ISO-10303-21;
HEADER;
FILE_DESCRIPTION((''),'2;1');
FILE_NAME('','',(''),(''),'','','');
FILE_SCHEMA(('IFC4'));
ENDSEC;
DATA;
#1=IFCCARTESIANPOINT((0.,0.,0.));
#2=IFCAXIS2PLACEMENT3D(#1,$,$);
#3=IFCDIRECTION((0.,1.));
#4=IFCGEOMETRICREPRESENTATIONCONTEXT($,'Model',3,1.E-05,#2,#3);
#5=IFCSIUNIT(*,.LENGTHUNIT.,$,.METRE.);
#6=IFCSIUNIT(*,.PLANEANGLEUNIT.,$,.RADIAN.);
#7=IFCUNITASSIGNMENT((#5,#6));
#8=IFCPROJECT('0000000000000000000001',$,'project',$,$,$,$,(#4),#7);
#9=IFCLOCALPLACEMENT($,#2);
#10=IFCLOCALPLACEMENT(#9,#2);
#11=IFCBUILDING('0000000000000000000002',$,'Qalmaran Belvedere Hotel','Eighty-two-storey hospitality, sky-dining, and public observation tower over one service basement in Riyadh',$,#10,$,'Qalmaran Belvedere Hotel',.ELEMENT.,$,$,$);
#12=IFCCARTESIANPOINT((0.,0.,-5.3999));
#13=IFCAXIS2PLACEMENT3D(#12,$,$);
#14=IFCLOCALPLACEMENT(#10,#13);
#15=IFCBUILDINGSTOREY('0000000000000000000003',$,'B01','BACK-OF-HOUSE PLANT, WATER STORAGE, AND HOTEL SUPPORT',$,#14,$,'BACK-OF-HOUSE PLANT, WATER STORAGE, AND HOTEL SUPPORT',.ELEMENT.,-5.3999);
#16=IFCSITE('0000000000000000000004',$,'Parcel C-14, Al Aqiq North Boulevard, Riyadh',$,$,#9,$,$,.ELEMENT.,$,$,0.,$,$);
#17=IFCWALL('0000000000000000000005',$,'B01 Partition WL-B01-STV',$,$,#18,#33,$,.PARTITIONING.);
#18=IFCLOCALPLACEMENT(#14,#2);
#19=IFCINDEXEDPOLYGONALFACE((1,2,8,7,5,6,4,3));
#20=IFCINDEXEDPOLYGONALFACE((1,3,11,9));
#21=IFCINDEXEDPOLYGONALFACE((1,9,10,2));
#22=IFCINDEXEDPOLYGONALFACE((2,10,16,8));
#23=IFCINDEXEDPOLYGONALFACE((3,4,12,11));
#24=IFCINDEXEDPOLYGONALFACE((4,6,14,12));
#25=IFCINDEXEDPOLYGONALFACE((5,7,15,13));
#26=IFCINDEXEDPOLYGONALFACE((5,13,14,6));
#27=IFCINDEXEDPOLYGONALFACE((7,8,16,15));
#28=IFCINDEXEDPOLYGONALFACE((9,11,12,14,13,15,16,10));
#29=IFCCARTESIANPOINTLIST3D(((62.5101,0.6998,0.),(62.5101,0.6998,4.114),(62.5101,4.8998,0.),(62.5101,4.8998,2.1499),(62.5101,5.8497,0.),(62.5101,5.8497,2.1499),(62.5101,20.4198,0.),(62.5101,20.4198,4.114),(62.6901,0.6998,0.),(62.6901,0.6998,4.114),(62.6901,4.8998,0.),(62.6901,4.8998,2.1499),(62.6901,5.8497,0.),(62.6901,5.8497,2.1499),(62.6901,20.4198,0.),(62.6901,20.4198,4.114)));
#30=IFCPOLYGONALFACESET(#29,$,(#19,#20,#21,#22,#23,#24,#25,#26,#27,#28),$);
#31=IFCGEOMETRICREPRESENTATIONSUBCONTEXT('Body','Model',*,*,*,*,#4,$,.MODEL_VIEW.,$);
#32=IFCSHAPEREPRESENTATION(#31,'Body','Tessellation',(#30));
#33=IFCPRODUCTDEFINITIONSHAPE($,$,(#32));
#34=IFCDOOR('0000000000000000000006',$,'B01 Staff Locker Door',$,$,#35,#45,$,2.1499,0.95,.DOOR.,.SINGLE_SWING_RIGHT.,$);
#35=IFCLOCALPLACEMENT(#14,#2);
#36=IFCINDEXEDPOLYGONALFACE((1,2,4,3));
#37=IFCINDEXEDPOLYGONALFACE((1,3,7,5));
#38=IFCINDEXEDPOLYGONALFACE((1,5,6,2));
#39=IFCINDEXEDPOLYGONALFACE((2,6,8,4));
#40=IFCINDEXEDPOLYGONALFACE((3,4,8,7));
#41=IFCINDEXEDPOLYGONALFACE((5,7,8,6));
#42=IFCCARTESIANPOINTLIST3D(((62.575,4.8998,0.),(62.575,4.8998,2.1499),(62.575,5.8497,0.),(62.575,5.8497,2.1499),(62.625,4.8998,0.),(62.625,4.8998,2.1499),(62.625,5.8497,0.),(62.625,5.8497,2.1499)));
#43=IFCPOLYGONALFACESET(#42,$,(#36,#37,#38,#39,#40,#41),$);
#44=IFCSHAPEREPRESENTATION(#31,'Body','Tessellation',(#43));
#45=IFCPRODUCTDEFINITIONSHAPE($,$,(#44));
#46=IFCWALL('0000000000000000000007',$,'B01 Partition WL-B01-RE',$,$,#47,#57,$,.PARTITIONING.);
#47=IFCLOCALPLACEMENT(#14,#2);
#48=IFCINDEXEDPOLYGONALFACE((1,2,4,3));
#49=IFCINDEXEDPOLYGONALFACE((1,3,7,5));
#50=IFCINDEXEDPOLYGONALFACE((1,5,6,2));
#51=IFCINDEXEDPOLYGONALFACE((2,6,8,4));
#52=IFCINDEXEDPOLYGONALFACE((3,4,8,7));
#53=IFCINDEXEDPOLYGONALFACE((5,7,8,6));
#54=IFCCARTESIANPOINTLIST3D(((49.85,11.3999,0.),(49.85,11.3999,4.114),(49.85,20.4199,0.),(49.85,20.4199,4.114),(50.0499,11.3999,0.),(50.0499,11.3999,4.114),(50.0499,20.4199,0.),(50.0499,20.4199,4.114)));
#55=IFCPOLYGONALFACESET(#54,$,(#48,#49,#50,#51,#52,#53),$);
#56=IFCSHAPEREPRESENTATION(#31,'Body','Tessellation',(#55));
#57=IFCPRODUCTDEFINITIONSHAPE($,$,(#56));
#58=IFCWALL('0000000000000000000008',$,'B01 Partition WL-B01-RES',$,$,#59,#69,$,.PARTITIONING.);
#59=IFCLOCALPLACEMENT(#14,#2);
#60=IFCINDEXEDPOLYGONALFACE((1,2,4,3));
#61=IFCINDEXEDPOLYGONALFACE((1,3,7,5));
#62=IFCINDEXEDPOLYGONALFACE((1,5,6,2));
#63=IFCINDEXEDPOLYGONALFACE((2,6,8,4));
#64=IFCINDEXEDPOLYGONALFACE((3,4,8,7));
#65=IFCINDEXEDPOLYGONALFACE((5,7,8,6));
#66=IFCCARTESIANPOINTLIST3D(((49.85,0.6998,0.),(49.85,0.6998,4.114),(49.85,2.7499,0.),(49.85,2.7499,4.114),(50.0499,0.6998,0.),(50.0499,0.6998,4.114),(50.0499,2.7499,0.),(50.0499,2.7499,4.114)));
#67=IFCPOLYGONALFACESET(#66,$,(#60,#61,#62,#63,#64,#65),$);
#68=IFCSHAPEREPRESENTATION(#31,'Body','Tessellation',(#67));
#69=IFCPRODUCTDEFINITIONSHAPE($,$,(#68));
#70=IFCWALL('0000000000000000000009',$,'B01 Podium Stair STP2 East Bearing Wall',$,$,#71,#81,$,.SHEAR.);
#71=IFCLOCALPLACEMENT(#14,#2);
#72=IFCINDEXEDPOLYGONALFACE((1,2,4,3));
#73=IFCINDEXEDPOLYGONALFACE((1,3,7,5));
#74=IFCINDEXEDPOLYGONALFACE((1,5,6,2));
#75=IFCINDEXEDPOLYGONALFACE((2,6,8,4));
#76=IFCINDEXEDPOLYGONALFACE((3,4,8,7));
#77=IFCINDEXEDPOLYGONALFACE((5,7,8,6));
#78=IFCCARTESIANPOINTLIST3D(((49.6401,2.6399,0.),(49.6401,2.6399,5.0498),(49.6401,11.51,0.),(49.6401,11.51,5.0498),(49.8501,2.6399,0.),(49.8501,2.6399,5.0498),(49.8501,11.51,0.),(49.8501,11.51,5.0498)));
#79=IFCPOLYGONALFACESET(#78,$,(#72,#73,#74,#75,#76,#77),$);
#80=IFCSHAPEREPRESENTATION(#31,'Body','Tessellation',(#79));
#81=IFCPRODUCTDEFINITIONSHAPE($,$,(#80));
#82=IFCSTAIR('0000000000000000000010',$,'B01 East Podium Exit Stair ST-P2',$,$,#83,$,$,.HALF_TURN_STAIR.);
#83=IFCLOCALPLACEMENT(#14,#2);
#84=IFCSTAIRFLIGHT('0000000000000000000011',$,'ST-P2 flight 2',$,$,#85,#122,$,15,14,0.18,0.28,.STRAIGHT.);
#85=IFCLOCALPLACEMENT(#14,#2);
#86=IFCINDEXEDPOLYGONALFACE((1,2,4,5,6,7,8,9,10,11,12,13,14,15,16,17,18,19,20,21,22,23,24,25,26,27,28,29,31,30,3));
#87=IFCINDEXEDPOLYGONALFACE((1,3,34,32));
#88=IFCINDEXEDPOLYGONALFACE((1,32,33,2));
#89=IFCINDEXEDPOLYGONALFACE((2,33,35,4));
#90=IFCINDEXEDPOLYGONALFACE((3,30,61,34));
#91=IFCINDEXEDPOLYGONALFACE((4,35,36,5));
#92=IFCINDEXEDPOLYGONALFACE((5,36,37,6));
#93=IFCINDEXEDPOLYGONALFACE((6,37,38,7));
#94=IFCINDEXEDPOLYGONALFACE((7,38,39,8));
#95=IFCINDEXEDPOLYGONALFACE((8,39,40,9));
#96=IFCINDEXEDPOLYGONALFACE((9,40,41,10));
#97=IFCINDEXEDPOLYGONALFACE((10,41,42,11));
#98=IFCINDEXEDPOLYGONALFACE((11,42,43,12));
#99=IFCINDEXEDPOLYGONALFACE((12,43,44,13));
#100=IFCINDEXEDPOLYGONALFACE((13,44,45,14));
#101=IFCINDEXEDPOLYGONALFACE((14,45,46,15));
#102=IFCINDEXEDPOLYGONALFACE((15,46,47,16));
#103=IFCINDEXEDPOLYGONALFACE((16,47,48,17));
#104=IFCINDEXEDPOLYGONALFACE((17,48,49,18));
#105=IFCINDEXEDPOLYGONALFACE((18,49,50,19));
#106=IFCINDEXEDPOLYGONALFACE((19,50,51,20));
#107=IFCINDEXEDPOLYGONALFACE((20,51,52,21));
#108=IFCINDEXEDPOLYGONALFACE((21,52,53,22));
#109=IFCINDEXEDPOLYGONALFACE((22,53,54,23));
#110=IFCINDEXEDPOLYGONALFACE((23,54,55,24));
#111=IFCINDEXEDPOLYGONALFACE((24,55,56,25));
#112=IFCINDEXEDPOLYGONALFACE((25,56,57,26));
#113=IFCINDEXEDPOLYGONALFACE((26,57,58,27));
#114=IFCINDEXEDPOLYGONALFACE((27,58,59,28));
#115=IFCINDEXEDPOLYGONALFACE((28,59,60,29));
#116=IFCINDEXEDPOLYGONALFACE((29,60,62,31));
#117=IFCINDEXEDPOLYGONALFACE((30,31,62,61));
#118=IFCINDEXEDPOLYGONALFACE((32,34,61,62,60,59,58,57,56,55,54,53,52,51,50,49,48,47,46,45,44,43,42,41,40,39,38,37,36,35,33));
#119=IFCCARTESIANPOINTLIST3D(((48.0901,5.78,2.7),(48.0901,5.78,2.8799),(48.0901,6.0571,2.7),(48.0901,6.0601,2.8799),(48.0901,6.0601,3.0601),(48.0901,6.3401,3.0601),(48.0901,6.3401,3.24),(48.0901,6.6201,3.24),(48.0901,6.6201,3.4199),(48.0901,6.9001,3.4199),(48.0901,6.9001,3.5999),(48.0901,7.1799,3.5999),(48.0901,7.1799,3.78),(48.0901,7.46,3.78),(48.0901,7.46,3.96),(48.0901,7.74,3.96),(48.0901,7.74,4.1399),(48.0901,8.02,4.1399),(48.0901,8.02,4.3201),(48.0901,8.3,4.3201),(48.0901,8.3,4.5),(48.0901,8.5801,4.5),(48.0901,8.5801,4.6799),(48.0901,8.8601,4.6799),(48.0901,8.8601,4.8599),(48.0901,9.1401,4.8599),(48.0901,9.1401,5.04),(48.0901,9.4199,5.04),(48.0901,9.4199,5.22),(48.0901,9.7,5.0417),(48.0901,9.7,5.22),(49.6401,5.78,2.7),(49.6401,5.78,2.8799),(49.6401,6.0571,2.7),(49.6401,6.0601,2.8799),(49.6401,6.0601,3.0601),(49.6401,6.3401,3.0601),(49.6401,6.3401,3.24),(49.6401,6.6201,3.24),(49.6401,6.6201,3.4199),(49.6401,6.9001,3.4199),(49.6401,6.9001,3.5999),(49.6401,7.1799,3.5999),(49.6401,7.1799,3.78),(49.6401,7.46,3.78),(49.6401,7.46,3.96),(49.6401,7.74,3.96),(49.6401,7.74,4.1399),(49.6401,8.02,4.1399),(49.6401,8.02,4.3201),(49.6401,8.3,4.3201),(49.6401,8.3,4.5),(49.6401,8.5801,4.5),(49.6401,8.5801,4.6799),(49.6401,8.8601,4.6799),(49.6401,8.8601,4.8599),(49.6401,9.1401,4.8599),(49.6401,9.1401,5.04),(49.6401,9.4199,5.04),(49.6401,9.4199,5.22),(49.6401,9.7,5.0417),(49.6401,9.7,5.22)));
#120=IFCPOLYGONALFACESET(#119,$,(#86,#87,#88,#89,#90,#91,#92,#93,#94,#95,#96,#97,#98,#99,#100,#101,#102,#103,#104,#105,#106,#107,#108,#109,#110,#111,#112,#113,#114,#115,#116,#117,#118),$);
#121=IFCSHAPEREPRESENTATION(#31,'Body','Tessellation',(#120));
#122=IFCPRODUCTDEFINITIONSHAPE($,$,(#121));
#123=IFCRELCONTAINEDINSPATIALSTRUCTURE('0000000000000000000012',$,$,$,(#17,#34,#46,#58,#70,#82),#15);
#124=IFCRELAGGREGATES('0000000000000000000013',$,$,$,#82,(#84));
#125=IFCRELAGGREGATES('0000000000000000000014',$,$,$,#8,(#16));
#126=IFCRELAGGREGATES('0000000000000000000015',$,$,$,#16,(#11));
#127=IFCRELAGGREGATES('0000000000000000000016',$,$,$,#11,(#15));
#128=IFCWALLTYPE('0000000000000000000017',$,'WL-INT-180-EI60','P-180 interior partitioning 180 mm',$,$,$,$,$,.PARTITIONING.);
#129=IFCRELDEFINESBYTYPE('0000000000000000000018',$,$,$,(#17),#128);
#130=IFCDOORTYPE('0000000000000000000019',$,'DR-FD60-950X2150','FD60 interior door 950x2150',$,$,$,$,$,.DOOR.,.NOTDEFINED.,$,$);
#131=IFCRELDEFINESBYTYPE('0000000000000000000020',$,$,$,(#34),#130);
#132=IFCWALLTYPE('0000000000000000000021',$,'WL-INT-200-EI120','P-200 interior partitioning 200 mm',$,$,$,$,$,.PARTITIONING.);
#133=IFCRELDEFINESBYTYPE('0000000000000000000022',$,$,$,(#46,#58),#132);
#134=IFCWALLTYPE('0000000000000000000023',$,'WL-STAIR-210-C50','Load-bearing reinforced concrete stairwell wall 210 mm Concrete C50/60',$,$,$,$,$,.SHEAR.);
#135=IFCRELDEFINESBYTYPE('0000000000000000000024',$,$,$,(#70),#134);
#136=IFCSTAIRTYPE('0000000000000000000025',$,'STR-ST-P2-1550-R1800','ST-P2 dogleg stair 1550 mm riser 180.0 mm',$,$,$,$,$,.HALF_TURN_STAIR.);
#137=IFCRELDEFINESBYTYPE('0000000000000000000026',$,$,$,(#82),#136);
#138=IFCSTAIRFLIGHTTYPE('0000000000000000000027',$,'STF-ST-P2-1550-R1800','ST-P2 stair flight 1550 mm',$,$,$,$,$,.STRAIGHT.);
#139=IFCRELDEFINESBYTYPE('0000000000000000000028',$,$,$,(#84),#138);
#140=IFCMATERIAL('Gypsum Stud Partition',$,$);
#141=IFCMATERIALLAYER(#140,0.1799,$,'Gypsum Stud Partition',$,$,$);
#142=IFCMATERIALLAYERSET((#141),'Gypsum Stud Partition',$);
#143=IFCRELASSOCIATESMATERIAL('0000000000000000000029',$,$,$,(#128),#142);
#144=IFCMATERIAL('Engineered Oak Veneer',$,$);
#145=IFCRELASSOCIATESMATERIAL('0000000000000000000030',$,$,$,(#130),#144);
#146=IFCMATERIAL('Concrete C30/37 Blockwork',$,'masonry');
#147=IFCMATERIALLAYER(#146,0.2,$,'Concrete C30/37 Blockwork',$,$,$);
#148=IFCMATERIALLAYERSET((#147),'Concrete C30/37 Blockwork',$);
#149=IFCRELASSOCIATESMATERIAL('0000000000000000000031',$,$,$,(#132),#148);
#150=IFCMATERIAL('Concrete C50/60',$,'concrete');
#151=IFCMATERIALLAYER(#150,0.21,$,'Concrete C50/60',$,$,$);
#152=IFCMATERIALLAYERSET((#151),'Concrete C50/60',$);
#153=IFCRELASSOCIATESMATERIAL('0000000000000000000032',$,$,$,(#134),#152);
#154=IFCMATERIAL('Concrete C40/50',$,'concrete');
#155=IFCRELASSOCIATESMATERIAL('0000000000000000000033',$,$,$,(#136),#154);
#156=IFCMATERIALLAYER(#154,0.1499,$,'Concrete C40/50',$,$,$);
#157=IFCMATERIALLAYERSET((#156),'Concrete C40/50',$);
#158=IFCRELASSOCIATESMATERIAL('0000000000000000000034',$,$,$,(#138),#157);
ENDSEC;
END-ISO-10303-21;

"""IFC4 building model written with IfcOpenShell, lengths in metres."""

from ifc_helpers import new_model, si_unit, direction, frame, frame_2d, origin, place, context, subcontext, project, spatial, polyline, rectangle, outline, extrude, material, layer, layer_set, type_object, element, fill, aggregate, save


model = new_model("IFC4")

# Units and contexts
model_context = context("Model", 3, precision=1e-05, world=origin(), true_north=direction((0.0, 1.0)))
body_context = subcontext(model_context, "Body", "Model", "MODEL_VIEW")
ifc_project = project(units=[si_unit("LENGTHUNIT", "METRE"), si_unit("PLANEANGLEUNIT", "RADIAN")], contexts=[model_context])

# Site, building, storey
site_placement = place(None, origin())
site = spatial("IfcSite", under=ifc_project, at=site_placement, Name="Parcel C-14, Al Aqiq North Boulevard, Riyadh", CompositionType="ELEMENT", RefElevation=0.0)
building_placement = place(site_placement, origin())
building = spatial("IfcBuilding", under=site, at=building_placement, Name="Qalmaran Belvedere Hotel", Description="Eighty-two-storey hospitality, sky-dining, and public observation tower over one service basement in Riyadh", LongName="Qalmaran Belvedere Hotel", CompositionType="ELEMENT")
storey_placement = place(building_placement, frame((0.0, 0.0, -5.3999)))
storey = spatial("IfcBuildingStorey", under=building, at=storey_placement, Name="B01", Description="BACK-OF-HOUSE PLANT, WATER STORAGE, AND HOTEL SUPPORT", LongName="BACK-OF-HOUSE PLANT, WATER STORAGE, AND HOTEL SUPPORT", CompositionType="ELEMENT", Elevation=-5.3999)

# Shared definitions
ifc_material_1 = material(Name="Concrete C50/60", Category="concrete")

# Shared definitions
ifc_material_2 = material(Name="Concrete C40/50", Category="concrete")

# Wall, opening, door
ifc_material_3 = material(Name="Gypsum Stud Partition")
ifc_layer_1 = layer(ifc_material_3, 0.1799, Name="Gypsum Stud Partition")
ifc_layer_set_1 = layer_set([ifc_layer_1], Name="Gypsum Stud Partition")
wall_type_1 = type_object("IfcWallType", Name="WL-INT-180-EI60", Description="P-180 interior partitioning 180 mm", PredefinedType="PARTITIONING", material=ifc_layer_set_1)
wall_1_placement = place(storey_placement, frame((62.6001, 0.7, 0.0), z_axis=(0.0, 0.0, 1.0), x_axis=(0.0, 1.0, 0.0)))
wall_1 = element("IfcWall", 1, at=wall_1_placement, inside=storey, type_object=wall_type_1, Name="B01 Partition WL-B01-STV", PredefinedType="PARTITIONING", context=body_context, shape_type="SweptSolid", body=[
    extrude(rectangle(XDim=19.72, YDim=0.1799, at=frame_2d((9.8599, 0.0))), origin(), (0.0, 0.0, 1.0), 4.114),
])
opening_placement = place(wall_1_placement, frame((5.1499, 0.0, 0.0), z_axis=(0.0, 0.0, 1.0), x_axis=(-1.0, 0.0, 0.0)))
opening = element("IfcOpeningElement", 2, at=opening_placement, cuts=wall_1, PredefinedType="OPENING", context=body_context, shape_type="SweptSolid", body=[
    extrude(rectangle(XDim=0.95, YDim=2.1499, at=frame_2d((0.4751, 1.075))), frame((0.0, 0.1001, 0.0), z_axis=(0.0, -1.0, 0.0), x_axis=(1.0, 0.0, 0.0)), (0.0, 0.0, 1.0), 0.2),
])
ifc_material_4 = material(Name="Engineered Oak Veneer")
door_type = type_object("IfcDoorType", Name="DR-FD60-950X2150", Description="FD60 interior door 950x2150", OperationType="NOTDEFINED", PredefinedType="DOOR", material=ifc_material_4)
door_placement = place(opening_placement, origin())
door = element("IfcDoor", 3, at=door_placement, inside=storey, type_object=door_type, Name="B01 Staff Locker Door", OperationType="SINGLE_SWING_RIGHT", OverallHeight=2.1499, OverallWidth=0.95, PredefinedType="DOOR", context=body_context, shape_type="SweptSolid", body=[
    extrude(rectangle(XDim=0.95, YDim=2.1499, at=frame_2d((0.4751, 1.075))), frame((0.0, 0.0249, 0.0), z_axis=(0.0, -1.0, 0.0), x_axis=(1.0, 0.0, 0.0)), (0.0, 0.0, 1.0), 0.05),
])
fill(opening, door)

# Walls
ifc_material_5 = material(Name="Concrete C30/37 Blockwork", Category="masonry")
ifc_layer_2 = layer(ifc_material_5, 0.2, Name="Concrete C30/37 Blockwork")
ifc_layer_set_2 = layer_set([ifc_layer_2], Name="Concrete C30/37 Blockwork")
wall_type_2 = type_object("IfcWallType", Name="WL-INT-200-EI120", Description="P-200 interior partitioning 200 mm", PredefinedType="PARTITIONING", material=ifc_layer_set_2)
wall_2_placement = place(storey_placement, frame((49.95, 11.3999, 0.0), z_axis=(0.0, 0.0, 1.0), x_axis=(0.0, 1.0, 0.0)))
element("IfcWall", 4, at=wall_2_placement, inside=storey, type_object=wall_type_2, Name="B01 Partition WL-B01-RE", PredefinedType="PARTITIONING", context=body_context, shape_type="SweptSolid", body=[
    extrude(rectangle(XDim=9.02, YDim=0.2, at=frame_2d((4.51, 0.0))), origin(), (0.0, 0.0, 1.0), 4.114),
])
wall_3_placement = place(storey_placement, frame((49.95, 0.7, 0.0), z_axis=(0.0, 0.0, 1.0), x_axis=(0.0, 1.0, 0.0)))
element("IfcWall", 5, at=wall_3_placement, inside=storey, type_object=wall_type_2, Name="B01 Partition WL-B01-RES", PredefinedType="PARTITIONING", context=body_context, shape_type="SweptSolid", body=[
    extrude(rectangle(XDim=2.05, YDim=0.2, at=frame_2d((1.0249, 0.0))), origin(), (0.0, 0.0, 1.0), 4.114),
])
ifc_layer_3 = layer(ifc_material_1, 0.21, Name="Concrete C50/60")
ifc_layer_set_3 = layer_set([ifc_layer_3], Name="Concrete C50/60")
wall_type_3 = type_object("IfcWallType", Name="WL-STAIR-210-C50", Description="Load-bearing reinforced concrete stairwell wall 210 mm Concrete C50/60", PredefinedType="SHEAR", material=ifc_layer_set_3)
wall_4_placement = place(storey_placement, frame((49.7451, 2.6399, 0.0), z_axis=(0.0, 0.0, 1.0), x_axis=(0.0, 1.0, 0.0)))
element("IfcWall", 6, at=wall_4_placement, inside=storey, type_object=wall_type_3, Name="B01 Podium Stair STP2 East Bearing Wall", PredefinedType="SHEAR", context=body_context, shape_type="SweptSolid", body=[
    extrude(rectangle(XDim=8.8701, YDim=0.21, at=frame_2d((4.4351, 0.0))), origin(), (0.0, 0.0, 1.0), 5.0498),
])

# Stair, stair flight
stair_type = type_object("IfcStairType", Name="STR-ST-P2-1550-R1800", Description="ST-P2 dogleg stair 1550 mm riser 180.0 mm", PredefinedType="HALF_TURN_STAIR", material=ifc_material_2)
stair_placement = place(storey_placement, origin())
stair = element("IfcStair", 7, at=stair_placement, inside=storey, type_object=stair_type, Name="B01 East Podium Exit Stair ST-P2", PredefinedType="HALF_TURN_STAIR")
ifc_layer_4 = layer(ifc_material_2, 0.1499, Name="Concrete C40/50")
ifc_layer_set_4 = layer_set([ifc_layer_4], Name="Concrete C40/50")
stair_flight_type = type_object("IfcStairFlightType", Name="STF-ST-P2-1550-R1800", Description="ST-P2 stair flight 1550 mm", PredefinedType="STRAIGHT", material=ifc_layer_set_4)
stair_flight_placement = place(storey_placement, frame((48.865, 5.78, 2.7), z_axis=(0.0, 0.0, 1.0), x_axis=(0.0, 1.0, 0.0)))
stair_flight = element("IfcStairFlight", 8, at=stair_flight_placement, type_object=stair_flight_type, Name="ST-P2 flight 2", NumberOfRisers=15, NumberOfTreads=14, PredefinedType="STRAIGHT", RiserHeight=0.18, TreadLength=0.28, context=body_context, shape_type="SweptSolid", body=[
    extrude(outline(polyline([(0.0, 0.0), (0.0, 0.1799), (0.28, 0.1799), (0.28, 0.3601), (0.5601, 0.3601), (0.5601, 0.54), (0.8401, 0.54), (0.8401, 0.72), (1.1201, 0.72), (1.1201, 0.8999), (1.3999, 0.8999), (1.3999, 1.0801), (1.6799, 1.0801), (1.6799, 1.26), (1.96, 1.26), (1.96, 1.4399), (2.24, 1.4399), (2.24, 1.6201), (2.52, 1.6201), (2.52, 1.8), (2.8, 1.8), (2.8, 1.98), (3.0801, 1.98), (3.0801, 2.1599), (3.3601, 2.1599), (3.3601, 2.3401), (3.6399, 2.3401), (3.6399, 2.52), (3.9199, 2.52), (3.9199, 2.7), (3.9199, 2.3418), (0.2771, 0.0), (0.0, 0.0)])), frame((0.0, 0.7749, 0.0), z_axis=(0.0, -1.0, 0.0), x_axis=(1.0, 0.0, 0.0)), (0.0, 0.0, 1.0), 1.55),
])
aggregate(stair, [stair_flight])

save(model, "model.ifc")
